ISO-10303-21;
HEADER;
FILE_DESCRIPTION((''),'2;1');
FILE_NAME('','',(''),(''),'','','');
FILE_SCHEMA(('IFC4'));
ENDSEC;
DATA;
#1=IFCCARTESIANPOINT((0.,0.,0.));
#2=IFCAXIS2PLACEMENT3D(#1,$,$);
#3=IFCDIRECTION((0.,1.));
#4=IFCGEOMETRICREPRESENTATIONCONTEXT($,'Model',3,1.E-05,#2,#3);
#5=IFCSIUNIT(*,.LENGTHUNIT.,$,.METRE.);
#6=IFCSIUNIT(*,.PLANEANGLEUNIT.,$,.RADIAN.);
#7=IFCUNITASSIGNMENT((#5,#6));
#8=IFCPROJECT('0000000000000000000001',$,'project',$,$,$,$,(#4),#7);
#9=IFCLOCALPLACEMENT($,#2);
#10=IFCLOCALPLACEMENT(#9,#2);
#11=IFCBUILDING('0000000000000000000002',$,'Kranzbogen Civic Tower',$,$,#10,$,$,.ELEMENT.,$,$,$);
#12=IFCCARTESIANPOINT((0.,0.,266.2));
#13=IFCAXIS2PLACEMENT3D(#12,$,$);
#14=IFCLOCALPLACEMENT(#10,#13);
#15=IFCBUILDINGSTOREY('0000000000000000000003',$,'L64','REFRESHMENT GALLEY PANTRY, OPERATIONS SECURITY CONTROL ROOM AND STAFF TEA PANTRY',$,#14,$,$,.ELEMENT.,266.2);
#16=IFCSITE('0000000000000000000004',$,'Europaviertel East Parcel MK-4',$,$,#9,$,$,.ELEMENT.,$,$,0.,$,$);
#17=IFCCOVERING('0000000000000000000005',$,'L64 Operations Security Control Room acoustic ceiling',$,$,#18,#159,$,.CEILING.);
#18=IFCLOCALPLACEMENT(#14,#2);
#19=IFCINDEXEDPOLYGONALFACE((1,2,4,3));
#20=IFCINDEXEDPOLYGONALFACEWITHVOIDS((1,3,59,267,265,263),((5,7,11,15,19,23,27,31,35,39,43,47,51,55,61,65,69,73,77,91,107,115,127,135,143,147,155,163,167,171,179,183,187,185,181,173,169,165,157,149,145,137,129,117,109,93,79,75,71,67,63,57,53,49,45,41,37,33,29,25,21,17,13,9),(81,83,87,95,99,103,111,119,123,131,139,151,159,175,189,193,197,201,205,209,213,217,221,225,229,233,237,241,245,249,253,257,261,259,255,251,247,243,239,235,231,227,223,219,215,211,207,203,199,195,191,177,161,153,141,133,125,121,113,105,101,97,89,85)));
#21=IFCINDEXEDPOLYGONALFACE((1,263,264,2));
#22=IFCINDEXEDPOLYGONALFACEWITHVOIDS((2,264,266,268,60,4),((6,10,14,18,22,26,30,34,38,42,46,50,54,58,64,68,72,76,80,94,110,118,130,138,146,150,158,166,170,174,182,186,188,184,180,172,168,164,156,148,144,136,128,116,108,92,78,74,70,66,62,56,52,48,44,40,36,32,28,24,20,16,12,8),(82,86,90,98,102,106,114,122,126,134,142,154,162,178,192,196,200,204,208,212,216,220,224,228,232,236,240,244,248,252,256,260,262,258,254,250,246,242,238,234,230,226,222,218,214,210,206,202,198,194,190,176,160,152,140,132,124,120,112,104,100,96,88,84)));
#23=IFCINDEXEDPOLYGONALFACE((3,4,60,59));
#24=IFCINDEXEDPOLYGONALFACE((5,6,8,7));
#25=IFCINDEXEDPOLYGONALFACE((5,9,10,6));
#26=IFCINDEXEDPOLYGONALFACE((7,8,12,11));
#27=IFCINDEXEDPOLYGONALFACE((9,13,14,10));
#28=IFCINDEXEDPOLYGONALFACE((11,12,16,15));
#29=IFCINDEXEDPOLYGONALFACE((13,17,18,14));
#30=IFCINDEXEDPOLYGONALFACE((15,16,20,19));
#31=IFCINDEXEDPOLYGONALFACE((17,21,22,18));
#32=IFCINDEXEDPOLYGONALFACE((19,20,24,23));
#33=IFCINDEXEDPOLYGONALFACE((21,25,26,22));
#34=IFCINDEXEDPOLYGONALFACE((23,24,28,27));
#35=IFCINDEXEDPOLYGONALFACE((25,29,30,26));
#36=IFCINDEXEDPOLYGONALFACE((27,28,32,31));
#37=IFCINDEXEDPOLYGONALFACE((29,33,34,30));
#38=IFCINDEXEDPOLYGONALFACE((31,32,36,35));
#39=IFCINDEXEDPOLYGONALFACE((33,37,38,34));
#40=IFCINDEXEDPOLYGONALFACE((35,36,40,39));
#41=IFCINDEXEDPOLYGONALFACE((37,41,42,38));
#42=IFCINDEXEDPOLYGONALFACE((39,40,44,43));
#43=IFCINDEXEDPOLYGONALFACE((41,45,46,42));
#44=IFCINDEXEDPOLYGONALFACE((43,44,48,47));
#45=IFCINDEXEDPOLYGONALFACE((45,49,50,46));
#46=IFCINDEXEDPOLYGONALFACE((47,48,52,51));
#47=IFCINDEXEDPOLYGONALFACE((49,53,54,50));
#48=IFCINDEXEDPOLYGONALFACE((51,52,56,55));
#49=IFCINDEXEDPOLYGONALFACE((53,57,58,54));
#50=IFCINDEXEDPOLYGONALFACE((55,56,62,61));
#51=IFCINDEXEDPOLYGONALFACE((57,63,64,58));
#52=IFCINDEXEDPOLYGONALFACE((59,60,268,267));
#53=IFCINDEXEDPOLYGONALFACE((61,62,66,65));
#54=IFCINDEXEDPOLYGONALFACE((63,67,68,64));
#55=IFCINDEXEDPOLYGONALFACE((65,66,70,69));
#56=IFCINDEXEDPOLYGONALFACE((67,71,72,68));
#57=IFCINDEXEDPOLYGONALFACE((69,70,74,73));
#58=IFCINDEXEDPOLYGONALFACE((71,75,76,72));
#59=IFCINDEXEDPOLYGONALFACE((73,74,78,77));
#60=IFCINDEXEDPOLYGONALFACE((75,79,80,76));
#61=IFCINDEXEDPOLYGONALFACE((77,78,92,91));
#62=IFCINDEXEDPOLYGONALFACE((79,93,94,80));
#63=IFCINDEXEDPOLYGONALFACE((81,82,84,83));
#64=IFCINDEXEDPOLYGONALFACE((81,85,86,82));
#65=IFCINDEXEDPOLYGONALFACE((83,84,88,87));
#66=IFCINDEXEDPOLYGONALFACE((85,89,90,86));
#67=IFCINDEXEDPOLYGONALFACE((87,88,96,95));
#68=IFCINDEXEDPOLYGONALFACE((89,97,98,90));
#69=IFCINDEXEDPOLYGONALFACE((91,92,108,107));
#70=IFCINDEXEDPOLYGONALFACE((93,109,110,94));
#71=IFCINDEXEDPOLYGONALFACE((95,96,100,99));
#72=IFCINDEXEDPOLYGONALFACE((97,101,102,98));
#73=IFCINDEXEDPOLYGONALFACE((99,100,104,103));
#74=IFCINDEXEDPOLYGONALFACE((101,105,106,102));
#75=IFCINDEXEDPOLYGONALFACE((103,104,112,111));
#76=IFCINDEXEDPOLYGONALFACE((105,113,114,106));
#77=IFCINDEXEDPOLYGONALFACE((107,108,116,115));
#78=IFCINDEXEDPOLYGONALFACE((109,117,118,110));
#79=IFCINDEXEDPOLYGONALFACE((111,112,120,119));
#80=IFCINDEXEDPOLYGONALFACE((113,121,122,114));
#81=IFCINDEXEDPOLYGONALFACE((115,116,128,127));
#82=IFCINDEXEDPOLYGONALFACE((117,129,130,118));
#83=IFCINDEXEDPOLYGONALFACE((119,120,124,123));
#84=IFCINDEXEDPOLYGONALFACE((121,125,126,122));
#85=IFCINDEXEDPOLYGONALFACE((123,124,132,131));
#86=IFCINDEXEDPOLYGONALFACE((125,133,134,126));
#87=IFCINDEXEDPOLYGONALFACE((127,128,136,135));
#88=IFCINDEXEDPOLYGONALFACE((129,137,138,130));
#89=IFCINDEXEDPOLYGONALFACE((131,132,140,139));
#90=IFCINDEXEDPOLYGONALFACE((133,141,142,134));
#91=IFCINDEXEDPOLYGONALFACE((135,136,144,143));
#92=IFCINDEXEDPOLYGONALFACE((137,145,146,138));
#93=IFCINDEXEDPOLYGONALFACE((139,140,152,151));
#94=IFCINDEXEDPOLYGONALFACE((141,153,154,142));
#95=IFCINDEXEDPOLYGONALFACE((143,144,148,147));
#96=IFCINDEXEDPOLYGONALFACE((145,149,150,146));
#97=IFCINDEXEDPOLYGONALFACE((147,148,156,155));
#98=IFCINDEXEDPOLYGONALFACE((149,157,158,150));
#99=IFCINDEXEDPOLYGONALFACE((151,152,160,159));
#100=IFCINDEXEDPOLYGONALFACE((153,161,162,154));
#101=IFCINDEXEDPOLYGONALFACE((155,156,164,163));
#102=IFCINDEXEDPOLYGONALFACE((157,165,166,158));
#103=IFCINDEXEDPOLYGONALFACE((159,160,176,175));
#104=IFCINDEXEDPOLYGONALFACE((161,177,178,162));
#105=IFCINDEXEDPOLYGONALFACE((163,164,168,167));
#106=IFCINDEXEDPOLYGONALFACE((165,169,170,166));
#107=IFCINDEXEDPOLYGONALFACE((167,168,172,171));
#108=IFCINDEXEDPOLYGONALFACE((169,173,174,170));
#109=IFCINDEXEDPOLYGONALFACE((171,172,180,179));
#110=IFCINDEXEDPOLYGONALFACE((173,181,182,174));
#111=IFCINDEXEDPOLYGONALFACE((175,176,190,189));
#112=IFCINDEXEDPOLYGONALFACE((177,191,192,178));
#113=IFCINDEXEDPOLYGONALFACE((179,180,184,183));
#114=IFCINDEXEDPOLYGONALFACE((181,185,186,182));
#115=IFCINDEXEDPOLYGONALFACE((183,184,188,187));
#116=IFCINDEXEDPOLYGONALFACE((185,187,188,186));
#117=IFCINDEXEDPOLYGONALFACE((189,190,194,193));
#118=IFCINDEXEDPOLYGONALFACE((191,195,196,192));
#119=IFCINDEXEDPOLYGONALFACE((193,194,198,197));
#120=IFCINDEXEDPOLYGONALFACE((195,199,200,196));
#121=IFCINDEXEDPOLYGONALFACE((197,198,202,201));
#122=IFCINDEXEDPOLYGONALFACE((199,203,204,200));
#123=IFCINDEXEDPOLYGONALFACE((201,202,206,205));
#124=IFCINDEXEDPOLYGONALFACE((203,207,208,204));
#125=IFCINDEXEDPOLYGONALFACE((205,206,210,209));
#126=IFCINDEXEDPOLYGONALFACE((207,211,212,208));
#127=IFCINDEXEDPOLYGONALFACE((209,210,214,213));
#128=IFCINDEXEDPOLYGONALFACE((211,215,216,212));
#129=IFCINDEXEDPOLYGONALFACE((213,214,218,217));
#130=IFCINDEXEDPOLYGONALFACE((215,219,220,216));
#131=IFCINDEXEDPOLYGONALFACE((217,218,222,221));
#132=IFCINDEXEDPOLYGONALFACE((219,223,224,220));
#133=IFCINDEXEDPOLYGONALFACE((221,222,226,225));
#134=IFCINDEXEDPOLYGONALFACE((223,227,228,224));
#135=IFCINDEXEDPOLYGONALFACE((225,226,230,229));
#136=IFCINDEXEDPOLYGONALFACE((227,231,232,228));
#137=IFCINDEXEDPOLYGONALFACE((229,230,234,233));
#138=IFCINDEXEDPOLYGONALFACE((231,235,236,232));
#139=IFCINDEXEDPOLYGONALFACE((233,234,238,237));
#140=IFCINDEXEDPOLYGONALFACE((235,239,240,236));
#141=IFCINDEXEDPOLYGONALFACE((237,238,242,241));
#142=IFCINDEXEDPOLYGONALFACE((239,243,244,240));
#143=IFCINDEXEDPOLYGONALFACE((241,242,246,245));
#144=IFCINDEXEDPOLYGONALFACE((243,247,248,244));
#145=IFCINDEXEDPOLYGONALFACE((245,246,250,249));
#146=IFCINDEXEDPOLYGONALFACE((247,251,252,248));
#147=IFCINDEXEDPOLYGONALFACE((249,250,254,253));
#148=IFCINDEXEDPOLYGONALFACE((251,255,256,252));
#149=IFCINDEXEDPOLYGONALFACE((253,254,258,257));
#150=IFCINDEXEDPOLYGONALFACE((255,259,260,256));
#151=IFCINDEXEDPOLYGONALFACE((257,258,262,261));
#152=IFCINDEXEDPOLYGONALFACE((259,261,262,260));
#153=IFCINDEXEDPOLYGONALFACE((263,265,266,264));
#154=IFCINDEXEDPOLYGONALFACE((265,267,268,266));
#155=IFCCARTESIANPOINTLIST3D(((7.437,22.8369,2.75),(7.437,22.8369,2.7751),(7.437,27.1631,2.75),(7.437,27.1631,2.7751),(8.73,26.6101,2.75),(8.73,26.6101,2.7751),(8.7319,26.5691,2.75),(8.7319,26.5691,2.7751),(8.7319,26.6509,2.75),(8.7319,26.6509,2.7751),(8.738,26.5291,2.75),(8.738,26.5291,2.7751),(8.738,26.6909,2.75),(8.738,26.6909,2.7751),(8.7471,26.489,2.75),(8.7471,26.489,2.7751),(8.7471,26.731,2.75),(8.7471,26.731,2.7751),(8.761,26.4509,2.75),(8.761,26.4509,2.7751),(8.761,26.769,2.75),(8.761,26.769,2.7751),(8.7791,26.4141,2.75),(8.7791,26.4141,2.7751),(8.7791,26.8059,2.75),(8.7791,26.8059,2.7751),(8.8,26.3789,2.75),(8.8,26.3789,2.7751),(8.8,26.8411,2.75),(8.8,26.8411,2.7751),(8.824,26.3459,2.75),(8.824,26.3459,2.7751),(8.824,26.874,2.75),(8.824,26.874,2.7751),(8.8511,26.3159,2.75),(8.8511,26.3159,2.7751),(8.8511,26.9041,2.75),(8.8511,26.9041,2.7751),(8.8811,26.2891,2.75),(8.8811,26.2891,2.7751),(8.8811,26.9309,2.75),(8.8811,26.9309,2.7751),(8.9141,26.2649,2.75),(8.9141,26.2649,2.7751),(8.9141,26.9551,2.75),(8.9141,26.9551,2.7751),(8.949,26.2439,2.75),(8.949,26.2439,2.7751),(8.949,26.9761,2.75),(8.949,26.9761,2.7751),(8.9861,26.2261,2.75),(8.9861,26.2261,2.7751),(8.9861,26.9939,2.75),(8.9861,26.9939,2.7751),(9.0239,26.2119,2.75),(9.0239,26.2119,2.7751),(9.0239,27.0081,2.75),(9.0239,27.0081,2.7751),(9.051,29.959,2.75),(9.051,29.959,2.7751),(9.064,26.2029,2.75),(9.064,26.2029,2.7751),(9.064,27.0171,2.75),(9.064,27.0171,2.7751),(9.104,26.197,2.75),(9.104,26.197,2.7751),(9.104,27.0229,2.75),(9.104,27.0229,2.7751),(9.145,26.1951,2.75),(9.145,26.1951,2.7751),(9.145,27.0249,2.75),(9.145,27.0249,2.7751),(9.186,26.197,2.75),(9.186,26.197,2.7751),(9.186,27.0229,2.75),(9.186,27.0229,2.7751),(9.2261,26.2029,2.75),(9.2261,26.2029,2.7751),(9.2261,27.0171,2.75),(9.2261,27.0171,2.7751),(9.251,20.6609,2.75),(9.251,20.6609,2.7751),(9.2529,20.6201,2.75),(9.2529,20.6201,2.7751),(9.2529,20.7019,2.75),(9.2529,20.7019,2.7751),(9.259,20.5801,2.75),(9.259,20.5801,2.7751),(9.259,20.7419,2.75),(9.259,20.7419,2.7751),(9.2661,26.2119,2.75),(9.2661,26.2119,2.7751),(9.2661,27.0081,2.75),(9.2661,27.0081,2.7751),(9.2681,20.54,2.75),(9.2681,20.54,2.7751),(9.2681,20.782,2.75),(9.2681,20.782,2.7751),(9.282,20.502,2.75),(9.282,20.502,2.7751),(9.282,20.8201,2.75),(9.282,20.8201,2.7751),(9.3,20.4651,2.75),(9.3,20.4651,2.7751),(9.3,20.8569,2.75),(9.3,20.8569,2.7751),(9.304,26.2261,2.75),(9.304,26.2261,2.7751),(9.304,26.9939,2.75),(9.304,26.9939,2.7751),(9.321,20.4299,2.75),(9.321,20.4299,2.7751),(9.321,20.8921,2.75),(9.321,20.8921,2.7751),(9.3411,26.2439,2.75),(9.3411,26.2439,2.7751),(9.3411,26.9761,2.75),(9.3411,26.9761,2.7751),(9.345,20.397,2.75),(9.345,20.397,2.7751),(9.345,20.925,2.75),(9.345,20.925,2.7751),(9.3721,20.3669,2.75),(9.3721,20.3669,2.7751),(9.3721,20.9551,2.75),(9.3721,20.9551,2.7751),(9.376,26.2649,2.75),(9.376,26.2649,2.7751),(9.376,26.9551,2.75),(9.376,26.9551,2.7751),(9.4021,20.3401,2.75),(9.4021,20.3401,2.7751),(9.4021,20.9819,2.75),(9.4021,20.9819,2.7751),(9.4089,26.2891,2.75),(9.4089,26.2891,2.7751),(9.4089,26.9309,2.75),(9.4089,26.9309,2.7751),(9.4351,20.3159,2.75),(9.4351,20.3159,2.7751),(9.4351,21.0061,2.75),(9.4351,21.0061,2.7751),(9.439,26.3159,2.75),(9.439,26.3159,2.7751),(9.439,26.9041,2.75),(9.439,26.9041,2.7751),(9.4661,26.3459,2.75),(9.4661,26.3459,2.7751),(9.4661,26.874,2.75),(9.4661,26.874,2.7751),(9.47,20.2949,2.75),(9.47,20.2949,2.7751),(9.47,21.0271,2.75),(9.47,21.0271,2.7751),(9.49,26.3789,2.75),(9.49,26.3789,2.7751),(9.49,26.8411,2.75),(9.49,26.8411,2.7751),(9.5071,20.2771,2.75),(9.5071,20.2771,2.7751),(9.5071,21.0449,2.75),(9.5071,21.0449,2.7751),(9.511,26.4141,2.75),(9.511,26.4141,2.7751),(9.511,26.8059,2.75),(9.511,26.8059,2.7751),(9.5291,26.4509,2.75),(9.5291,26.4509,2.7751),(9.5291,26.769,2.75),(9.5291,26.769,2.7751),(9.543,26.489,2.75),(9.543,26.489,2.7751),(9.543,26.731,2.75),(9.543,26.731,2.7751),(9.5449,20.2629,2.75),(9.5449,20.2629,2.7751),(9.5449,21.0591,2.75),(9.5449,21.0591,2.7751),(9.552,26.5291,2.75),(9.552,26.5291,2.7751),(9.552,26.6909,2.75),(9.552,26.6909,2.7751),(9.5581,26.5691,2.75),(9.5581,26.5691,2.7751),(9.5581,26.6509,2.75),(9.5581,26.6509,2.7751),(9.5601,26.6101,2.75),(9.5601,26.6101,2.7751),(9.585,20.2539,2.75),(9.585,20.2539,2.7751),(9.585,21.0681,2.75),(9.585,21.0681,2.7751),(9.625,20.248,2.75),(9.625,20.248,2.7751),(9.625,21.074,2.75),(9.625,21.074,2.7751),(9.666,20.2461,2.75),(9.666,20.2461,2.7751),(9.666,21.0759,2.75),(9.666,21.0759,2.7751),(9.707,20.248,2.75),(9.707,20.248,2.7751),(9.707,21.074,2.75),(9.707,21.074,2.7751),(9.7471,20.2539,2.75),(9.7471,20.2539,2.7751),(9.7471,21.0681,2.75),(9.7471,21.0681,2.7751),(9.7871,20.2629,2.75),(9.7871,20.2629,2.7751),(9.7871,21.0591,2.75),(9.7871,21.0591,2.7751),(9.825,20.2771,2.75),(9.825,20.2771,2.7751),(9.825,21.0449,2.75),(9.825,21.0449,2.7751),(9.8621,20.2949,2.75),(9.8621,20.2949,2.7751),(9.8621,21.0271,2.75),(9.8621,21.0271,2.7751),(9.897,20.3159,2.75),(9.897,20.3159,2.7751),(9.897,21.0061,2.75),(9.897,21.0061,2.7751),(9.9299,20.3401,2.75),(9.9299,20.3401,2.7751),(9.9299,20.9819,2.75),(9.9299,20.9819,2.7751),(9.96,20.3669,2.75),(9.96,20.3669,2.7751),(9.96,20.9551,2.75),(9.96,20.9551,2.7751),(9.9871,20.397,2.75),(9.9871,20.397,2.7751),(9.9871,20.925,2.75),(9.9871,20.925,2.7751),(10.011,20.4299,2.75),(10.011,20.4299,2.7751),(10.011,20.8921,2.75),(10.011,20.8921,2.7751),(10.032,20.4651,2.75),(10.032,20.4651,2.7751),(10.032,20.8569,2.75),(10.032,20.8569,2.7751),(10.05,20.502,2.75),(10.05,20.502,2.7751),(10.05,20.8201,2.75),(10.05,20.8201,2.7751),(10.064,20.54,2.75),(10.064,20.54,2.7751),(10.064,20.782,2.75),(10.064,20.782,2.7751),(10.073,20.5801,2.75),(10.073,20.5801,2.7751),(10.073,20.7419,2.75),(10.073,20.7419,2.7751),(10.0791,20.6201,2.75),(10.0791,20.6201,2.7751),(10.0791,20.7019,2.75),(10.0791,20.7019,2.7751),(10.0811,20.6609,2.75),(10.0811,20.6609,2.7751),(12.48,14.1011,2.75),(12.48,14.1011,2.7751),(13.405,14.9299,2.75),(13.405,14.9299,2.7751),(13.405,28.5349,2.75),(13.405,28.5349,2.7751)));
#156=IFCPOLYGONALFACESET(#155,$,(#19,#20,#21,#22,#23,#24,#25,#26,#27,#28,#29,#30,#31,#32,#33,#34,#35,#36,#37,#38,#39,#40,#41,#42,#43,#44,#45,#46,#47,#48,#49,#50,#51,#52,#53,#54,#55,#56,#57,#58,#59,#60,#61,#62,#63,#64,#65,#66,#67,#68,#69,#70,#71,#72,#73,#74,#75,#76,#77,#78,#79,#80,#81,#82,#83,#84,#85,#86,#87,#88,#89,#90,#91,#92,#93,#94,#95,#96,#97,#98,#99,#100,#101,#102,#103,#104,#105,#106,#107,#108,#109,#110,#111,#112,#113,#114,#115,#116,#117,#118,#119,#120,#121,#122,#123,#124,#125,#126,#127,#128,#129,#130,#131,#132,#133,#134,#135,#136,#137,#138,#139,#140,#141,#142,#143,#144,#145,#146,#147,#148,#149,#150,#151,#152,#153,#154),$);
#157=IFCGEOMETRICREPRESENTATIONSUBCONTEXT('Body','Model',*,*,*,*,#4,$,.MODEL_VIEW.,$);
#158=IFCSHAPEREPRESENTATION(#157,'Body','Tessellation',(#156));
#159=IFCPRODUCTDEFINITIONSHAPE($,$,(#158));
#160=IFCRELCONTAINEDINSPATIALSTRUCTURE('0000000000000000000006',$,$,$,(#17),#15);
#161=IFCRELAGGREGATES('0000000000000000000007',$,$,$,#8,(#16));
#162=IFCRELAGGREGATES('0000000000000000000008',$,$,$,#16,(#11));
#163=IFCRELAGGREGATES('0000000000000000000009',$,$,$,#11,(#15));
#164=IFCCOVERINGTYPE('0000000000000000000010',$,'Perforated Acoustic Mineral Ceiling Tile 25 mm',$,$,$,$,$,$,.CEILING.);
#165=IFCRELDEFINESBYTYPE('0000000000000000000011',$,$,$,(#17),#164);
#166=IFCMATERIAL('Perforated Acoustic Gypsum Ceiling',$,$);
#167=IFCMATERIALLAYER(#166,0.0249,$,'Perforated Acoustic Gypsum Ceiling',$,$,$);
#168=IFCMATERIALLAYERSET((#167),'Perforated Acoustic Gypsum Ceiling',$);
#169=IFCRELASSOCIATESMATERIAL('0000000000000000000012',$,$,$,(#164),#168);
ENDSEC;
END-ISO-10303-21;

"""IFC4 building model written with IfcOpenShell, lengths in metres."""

from ifc_helpers import new_model, si_unit, direction, frame, origin, place, context, subcontext, project, spatial, polyline, outline, extrude, material, layer, layer_set, type_object, element, save


model = new_model("IFC4")

# Units and contexts
model_context = context("Model", 3, precision=1e-05, world=origin(), true_north=direction((0.0, 1.0)))
body_context = subcontext(model_context, "Body", "Model", "MODEL_VIEW")
ifc_project = project(units=[si_unit("LENGTHUNIT", "METRE"), si_unit("PLANEANGLEUNIT", "RADIAN")], contexts=[model_context])

# Site, building, storey
site_placement = place(None, origin())
site = spatial("IfcSite", under=ifc_project, at=site_placement, Name="Europaviertel East Parcel MK-4", CompositionType="ELEMENT", RefElevation=0.0)
building_placement = place(site_placement, origin())
building = spatial("IfcBuilding", under=site, at=building_placement, Name="Kranzbogen Civic Tower", CompositionType="ELEMENT")
storey_placement = place(building_placement, frame((0.0, 0.0, 266.2)))
storey = spatial("IfcBuildingStorey", under=building, at=storey_placement, Name="L64", Description="REFRESHMENT GALLEY PANTRY, OPERATIONS SECURITY CONTROL ROOM AND STAFF TEA PANTRY", CompositionType="ELEMENT", Elevation=266.2)

# Covering
ifc_material_1 = material(Name="Perforated Acoustic Gypsum Ceiling")
ifc_layer_1 = layer(ifc_material_1, 0.0249, Name="Perforated Acoustic Gypsum Ceiling")
ifc_layer_set_1 = layer_set([ifc_layer_1], Name="Perforated Acoustic Gypsum Ceiling")
covering_type_1 = type_object("IfcCoveringType", Name="Perforated Acoustic Mineral Ceiling Tile 25 mm", PredefinedType="CEILING", material=ifc_layer_set_1)
covering_1_placement = place(storey_placement, frame((0.0, 0.0, 2.75)))
element("IfcCovering", 1, at=covering_1_placement, inside=storey, type_object=covering_type_1, Name="L64 Operations Security Control Room acoustic ceiling", PredefinedType="CEILING", context=body_context, shape_type="SweptSolid", body=[
    extrude(outline(polyline([(7.437, 27.1631), (9.051, 29.959), (13.405, 28.5349), (13.405, 14.9299), (12.48, 14.1011), (7.437, 22.8369), (7.437, 27.1631)]), holes=[polyline([(10.05, 20.502), (10.032, 20.4651), (10.011, 20.4299), (9.9871, 20.397), (9.96, 20.3669), (9.9299, 20.3401), (9.897, 20.3159), (9.8621, 20.2949), (9.825, 20.2771), (9.7871, 20.2629), (9.7471, 20.2539), (9.707, 20.248), (9.666, 20.2461), (9.625, 20.248), (9.585, 20.2539), (9.5449, 20.2629), (9.5071, 20.2771), (9.47, 20.2949), (9.4351, 20.3159), (9.4021, 20.3401), (9.3721, 20.3669), (9.345, 20.397), (9.321, 20.4299), (9.3, 20.4651), (9.282, 20.502), (9.2681, 20.54), (9.259, 20.5801), (9.2529, 20.6201), (9.251, 20.6609), (9.2529, 20.7019), (9.259, 20.7419), (9.2681, 20.782), (9.282, 20.8201), (9.3, 20.8569), (9.321, 20.8921), (9.345, 20.925), (9.3721, 20.9551), (9.4021, 20.9819), (9.4351, 21.0061), (9.47, 21.0271), (9.5071, 21.0449), (9.5449, 21.0591), (9.585, 21.0681), (9.625, 21.074), (9.666, 21.0759), (9.707, 21.074), (9.7471, 21.0681), (9.7871, 21.0591), (9.825, 21.0449), (9.8621, 21.0271), (9.897, 21.0061), (9.9299, 20.9819), (9.96, 20.9551), (9.9871, 20.925), (10.011, 20.8921), (10.032, 20.8569), (10.05, 20.8201), (10.064, 20.782), (10.073, 20.7419), (10.0791, 20.7019), (10.0811, 20.6609), (10.0791, 20.6201), (10.073, 20.5801), (10.064, 20.54), (10.05, 20.502)]), polyline([(9.5291, 26.4509), (9.511, 26.4141), (9.49, 26.3789), (9.4661, 26.3459), (9.439, 26.3159), (9.4089, 26.2891), (9.376, 26.2649), (9.3411, 26.2439), (9.304, 26.2261), (9.2661, 26.2119), (9.2261, 26.2029), (9.186, 26.197), (9.145, 26.1951), (9.104, 26.197), (9.064, 26.2029), (9.0239, 26.2119), (8.9861, 26.2261), (8.949, 26.2439), (8.9141, 26.2649), (8.8811, 26.2891), (8.8511, 26.3159), (8.824, 26.3459), (8.8, 26.3789), (8.7791, 26.4141), (8.761, 26.4509), (8.7471, 26.489), (8.738, 26.5291), (8.7319, 26.5691), (8.73, 26.6101), (8.7319, 26.6509), (8.738, 26.6909), (8.7471, 26.731), (8.761, 26.769), (8.7791, 26.8059), (8.8, 26.8411), (8.824, 26.874), (8.8511, 26.9041), (8.8811, 26.9309), (8.9141, 26.9551), (8.949, 26.9761), (8.9861, 26.9939), (9.0239, 27.0081), (9.064, 27.0171), (9.104, 27.0229), (9.145, 27.0249), (9.186, 27.0229), (9.2261, 27.0171), (9.2661, 27.0081), (9.304, 26.9939), (9.3411, 26.9761), (9.376, 26.9551), (9.4089, 26.9309), (9.439, 26.9041), (9.4661, 26.874), (9.49, 26.8411), (9.511, 26.8059), (9.5291, 26.769), (9.543, 26.731), (9.552, 26.6909), (9.5581, 26.6509), (9.5601, 26.6101), (9.5581, 26.5691), (9.552, 26.5291), (9.543, 26.489), (9.5291, 26.4509)])]), origin(), (0.0, 0.0, 1.0), 0.0251),
])

save(model, "model.ifc")
